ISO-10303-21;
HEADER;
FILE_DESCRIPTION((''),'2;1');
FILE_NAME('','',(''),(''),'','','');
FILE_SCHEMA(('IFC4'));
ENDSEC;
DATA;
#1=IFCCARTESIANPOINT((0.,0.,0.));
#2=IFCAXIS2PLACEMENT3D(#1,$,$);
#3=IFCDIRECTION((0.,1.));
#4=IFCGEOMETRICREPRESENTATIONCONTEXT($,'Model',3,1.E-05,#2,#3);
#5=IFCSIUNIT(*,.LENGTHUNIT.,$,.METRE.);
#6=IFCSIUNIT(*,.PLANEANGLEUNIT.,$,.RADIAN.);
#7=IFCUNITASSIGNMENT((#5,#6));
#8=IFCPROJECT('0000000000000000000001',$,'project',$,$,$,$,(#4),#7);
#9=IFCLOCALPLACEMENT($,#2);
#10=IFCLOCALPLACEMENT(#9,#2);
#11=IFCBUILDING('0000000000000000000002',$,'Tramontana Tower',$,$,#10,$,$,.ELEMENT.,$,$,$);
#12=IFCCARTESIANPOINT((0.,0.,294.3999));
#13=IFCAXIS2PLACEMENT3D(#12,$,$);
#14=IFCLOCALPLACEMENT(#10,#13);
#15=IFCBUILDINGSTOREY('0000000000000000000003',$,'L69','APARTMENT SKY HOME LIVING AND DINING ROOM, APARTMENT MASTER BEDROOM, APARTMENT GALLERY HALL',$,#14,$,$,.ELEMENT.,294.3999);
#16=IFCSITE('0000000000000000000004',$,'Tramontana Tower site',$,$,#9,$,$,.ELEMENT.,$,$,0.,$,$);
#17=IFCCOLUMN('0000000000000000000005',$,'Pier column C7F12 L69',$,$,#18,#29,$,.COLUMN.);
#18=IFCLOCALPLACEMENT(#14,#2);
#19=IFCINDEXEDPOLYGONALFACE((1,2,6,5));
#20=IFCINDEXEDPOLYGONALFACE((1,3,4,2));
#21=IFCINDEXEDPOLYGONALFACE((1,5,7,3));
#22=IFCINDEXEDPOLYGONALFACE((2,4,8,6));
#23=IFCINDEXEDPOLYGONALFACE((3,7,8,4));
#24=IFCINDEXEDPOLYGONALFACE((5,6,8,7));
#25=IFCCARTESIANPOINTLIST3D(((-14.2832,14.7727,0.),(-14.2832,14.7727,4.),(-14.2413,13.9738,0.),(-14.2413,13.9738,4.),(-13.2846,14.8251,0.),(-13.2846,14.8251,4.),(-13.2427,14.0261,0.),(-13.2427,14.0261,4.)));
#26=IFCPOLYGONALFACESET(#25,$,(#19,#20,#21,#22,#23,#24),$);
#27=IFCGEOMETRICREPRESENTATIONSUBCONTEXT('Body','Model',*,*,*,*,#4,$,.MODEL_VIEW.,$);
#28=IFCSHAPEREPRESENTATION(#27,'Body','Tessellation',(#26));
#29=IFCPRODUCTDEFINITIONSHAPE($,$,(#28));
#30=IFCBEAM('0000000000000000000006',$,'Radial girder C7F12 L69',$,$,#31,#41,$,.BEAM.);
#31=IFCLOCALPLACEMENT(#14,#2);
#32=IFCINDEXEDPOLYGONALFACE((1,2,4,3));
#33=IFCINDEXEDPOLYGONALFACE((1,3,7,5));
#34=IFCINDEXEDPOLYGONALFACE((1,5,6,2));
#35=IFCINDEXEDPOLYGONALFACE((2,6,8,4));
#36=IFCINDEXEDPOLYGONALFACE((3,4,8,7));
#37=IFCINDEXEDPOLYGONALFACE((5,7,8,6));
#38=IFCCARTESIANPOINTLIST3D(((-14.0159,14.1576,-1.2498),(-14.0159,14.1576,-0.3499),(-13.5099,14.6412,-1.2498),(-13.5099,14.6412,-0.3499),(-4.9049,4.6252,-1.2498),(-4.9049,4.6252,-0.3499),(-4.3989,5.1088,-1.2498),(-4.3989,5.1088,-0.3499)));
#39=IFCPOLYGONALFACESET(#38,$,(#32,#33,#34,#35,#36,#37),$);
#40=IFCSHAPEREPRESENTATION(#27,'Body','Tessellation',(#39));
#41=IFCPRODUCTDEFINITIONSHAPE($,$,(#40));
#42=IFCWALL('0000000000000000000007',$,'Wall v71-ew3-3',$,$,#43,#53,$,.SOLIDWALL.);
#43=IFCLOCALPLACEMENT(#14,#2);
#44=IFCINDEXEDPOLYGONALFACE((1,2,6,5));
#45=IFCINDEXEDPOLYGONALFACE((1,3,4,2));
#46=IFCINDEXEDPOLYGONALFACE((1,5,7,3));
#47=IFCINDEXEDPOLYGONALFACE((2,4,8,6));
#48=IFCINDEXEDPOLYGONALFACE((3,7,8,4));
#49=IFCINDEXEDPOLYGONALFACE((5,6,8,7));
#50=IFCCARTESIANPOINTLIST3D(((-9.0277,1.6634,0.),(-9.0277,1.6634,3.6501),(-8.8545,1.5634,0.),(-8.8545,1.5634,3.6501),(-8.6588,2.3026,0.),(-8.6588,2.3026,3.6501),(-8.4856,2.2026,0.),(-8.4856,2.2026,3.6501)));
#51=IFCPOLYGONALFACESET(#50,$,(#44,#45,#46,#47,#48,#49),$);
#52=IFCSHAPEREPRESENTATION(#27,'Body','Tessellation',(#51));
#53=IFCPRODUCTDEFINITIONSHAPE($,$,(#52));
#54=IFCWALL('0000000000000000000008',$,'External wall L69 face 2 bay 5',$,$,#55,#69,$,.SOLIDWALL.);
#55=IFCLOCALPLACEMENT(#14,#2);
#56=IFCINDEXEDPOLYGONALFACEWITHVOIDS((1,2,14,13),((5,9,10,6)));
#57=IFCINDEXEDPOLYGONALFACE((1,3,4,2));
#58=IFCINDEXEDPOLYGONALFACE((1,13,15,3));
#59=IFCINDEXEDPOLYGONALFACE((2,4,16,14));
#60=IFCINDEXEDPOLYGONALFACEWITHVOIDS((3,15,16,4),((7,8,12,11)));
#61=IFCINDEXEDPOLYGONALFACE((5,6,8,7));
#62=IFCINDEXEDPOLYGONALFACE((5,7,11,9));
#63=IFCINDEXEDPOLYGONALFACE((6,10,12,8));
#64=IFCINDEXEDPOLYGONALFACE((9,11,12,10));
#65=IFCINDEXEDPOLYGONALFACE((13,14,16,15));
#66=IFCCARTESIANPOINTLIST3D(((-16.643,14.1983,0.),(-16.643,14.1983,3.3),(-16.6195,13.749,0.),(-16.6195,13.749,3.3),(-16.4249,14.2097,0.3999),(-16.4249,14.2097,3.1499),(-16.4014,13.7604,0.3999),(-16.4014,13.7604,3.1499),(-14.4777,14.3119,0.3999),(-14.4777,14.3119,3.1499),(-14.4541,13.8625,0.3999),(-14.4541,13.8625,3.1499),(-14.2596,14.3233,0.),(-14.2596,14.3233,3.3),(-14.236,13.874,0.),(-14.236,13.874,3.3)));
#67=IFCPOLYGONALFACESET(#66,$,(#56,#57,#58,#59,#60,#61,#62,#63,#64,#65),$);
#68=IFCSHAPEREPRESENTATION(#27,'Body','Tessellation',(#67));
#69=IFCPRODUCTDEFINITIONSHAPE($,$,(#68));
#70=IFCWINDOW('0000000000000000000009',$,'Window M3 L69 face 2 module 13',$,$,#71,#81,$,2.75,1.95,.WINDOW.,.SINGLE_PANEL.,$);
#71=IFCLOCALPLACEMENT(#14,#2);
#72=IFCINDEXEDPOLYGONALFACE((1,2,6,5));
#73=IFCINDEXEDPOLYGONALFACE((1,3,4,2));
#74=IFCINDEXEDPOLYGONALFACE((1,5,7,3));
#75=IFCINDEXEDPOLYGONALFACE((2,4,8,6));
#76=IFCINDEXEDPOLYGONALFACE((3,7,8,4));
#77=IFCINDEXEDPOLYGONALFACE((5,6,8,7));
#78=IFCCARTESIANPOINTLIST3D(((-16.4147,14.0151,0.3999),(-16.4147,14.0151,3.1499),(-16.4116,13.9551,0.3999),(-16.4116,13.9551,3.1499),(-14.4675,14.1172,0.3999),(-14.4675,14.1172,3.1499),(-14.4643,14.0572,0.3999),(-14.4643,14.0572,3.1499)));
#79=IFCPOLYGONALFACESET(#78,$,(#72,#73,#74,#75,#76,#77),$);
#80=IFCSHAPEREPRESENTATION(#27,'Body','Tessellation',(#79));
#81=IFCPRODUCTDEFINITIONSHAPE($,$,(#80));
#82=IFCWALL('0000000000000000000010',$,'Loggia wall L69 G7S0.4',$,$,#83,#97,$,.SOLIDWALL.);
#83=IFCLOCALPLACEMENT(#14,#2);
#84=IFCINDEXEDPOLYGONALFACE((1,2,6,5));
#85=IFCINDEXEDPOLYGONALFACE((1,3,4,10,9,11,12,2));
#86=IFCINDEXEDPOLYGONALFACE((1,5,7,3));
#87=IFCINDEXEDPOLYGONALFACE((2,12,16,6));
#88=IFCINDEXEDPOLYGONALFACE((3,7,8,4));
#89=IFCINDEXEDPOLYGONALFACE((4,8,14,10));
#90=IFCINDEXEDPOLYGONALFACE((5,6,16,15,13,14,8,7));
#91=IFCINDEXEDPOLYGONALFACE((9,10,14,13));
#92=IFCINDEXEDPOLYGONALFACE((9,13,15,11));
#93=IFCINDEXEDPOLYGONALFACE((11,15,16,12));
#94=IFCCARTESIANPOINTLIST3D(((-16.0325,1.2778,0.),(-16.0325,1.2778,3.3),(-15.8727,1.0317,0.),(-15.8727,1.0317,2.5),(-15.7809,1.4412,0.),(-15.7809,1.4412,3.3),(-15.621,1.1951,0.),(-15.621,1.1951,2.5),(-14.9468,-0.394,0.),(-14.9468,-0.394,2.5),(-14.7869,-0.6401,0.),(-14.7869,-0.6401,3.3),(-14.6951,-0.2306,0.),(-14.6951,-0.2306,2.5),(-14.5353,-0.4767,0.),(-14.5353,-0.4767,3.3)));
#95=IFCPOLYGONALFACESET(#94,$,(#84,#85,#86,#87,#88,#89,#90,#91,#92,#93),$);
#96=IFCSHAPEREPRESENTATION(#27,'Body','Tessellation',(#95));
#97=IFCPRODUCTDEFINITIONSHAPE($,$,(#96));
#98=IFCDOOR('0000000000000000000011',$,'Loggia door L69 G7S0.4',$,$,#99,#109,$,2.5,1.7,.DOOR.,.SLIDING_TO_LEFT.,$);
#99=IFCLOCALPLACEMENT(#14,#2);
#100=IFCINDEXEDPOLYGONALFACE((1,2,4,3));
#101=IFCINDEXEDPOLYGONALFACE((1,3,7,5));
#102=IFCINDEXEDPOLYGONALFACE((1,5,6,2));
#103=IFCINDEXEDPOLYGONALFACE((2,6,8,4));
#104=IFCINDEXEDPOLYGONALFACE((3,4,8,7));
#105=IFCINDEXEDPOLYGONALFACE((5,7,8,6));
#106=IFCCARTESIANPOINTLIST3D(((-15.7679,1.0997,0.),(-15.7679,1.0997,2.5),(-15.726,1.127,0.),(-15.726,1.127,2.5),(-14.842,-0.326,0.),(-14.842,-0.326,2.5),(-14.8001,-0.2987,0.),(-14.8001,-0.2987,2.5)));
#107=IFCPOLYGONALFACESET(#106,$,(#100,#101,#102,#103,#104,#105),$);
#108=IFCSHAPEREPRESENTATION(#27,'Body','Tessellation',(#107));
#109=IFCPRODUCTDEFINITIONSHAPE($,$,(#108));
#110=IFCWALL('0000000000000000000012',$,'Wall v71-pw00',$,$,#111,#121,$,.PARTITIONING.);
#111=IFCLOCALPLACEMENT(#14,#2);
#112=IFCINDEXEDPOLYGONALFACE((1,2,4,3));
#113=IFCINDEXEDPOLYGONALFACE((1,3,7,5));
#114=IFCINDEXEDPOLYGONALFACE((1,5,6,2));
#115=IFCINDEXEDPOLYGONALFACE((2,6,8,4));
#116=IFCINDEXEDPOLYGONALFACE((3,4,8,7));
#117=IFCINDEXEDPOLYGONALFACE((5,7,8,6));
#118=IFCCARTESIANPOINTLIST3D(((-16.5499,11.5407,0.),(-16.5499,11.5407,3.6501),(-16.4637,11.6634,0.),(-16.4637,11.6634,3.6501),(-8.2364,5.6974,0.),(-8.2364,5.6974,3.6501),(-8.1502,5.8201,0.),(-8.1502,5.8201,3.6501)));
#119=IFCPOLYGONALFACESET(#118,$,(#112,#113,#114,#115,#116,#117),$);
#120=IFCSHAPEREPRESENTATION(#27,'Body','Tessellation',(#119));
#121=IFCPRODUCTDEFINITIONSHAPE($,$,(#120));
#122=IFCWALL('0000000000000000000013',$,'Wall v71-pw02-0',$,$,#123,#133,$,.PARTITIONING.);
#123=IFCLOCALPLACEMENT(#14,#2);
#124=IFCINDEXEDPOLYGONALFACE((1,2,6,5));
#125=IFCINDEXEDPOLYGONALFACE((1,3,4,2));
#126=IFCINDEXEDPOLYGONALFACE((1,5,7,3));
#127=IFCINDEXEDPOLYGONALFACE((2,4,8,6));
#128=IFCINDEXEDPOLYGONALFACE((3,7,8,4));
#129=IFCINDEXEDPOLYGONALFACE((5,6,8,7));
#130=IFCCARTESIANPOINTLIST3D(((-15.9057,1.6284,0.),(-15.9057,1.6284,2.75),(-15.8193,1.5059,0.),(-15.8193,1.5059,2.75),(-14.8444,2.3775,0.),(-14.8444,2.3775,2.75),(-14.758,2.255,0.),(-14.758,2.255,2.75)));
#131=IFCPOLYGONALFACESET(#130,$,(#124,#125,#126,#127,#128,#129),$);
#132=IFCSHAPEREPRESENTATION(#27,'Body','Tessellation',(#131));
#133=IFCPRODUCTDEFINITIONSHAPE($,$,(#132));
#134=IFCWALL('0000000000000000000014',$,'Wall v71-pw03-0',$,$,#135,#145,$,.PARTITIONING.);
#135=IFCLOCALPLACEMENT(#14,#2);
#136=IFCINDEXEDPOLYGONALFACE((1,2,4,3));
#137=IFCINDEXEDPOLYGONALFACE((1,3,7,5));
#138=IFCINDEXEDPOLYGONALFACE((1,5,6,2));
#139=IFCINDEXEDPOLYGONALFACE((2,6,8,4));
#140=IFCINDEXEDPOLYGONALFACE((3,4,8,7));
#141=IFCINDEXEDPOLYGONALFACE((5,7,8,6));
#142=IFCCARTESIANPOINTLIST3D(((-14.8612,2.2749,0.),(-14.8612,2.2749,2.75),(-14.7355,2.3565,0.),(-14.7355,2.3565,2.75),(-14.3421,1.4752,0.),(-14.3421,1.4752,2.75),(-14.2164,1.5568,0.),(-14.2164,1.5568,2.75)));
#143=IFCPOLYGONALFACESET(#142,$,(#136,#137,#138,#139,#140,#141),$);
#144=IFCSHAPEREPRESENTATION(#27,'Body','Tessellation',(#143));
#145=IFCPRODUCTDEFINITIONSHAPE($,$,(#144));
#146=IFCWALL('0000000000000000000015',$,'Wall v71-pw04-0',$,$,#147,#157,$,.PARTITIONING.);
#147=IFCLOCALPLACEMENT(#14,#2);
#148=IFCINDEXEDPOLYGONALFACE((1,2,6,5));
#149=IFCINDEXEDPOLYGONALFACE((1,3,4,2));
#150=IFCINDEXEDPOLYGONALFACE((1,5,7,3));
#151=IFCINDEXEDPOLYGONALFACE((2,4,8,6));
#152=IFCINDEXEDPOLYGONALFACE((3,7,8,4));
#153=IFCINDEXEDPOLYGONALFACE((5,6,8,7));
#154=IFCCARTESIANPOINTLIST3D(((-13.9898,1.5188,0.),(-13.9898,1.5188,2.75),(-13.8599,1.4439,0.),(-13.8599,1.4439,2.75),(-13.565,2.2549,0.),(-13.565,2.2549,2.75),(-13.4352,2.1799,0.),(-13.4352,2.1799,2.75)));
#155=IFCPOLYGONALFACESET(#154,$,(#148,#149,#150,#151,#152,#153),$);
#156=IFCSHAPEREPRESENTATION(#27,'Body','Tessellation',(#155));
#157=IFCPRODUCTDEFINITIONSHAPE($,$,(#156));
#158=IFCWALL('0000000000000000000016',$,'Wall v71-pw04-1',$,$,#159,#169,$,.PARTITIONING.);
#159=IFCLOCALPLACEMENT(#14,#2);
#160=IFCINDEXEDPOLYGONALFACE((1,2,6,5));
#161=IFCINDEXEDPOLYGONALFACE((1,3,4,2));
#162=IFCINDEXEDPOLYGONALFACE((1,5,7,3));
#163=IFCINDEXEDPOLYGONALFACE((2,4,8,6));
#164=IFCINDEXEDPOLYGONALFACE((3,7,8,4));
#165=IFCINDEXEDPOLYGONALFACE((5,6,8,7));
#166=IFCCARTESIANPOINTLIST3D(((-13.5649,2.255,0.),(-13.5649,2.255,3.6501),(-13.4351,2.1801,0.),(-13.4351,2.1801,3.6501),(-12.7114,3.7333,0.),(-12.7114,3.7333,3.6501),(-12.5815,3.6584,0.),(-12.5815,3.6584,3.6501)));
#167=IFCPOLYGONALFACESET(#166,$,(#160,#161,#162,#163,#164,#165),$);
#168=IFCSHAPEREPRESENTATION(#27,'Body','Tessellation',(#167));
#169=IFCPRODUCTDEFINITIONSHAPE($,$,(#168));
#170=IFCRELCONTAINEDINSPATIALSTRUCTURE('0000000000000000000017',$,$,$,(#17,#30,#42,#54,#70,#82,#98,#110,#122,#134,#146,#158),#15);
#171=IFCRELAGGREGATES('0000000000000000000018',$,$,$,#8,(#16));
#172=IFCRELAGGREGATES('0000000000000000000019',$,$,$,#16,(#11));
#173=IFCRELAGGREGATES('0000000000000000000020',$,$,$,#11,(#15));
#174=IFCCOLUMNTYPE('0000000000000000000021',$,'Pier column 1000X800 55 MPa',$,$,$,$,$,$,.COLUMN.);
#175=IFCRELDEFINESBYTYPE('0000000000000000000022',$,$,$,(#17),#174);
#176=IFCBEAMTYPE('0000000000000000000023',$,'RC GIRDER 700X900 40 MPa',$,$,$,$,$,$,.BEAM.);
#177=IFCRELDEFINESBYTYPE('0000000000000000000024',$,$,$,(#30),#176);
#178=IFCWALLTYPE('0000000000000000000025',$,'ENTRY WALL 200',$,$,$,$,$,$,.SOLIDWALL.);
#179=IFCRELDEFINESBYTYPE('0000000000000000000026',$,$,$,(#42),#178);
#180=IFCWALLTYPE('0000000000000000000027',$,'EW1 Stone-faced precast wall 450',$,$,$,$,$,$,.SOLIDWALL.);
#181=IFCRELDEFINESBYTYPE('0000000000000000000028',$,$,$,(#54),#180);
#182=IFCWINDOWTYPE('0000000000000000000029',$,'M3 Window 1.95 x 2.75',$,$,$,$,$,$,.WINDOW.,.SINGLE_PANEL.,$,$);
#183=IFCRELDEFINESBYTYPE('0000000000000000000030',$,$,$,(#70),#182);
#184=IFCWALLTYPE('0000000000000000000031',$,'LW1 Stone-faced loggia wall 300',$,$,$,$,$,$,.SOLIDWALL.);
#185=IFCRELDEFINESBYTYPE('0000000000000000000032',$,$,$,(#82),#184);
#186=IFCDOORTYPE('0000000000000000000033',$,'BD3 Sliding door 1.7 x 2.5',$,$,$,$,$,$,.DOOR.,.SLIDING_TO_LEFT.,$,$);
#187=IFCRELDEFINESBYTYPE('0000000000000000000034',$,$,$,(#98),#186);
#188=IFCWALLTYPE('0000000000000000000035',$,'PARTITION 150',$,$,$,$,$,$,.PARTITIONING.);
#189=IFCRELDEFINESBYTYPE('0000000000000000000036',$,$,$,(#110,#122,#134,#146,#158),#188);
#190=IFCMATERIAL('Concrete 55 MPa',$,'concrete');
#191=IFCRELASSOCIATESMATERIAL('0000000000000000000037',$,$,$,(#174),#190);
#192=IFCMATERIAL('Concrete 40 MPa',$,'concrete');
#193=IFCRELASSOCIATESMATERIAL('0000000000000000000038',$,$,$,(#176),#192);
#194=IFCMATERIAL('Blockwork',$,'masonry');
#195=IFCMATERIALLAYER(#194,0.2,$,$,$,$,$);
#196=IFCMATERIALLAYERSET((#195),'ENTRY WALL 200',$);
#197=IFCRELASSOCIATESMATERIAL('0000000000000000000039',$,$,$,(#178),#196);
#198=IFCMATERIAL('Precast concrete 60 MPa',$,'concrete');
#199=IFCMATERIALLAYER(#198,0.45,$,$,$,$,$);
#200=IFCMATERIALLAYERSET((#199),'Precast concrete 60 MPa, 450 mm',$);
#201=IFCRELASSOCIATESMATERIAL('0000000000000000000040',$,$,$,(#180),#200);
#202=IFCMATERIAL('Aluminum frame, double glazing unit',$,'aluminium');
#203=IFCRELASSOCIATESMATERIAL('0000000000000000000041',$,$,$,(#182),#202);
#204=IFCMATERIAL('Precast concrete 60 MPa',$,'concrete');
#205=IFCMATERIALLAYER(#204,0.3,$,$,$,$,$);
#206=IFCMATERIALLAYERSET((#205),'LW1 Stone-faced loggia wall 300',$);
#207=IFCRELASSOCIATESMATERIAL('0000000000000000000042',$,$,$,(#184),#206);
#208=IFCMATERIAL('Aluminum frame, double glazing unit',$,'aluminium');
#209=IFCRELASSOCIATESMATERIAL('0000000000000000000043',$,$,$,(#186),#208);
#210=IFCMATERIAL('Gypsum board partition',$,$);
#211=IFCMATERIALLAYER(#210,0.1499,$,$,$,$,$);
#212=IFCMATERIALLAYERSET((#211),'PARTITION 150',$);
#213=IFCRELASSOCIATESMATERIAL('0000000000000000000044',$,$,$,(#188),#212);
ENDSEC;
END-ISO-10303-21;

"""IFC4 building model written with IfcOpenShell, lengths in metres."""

from ifc_helpers import new_model, si_unit, direction, frame, frame_2d, origin, origin_2d, place, context, subcontext, project, spatial, rectangle, extrude, material, layer, layer_set, material_profile, profile_set, type_object, element, fill, save


model = new_model("IFC4")

# Units and contexts
model_context = context("Model", 3, precision=1e-05, world=origin(), true_north=direction((0.0, 1.0)))
body_context = subcontext(model_context, "Body", "Model", "MODEL_VIEW")
ifc_project = project(units=[si_unit("LENGTHUNIT", "METRE"), si_unit("PLANEANGLEUNIT", "RADIAN")], contexts=[model_context])

# Site, building, storey
site_placement = place(None, origin())
site = spatial("IfcSite", under=ifc_project, at=site_placement, Name="Tramontana Tower site", CompositionType="ELEMENT", RefElevation=0.0)
building_placement = place(site_placement, origin())
building = spatial("IfcBuilding", under=site, at=building_placement, Name="Tramontana Tower", CompositionType="ELEMENT")
storey_placement = place(building_placement, frame((0.0, 0.0, 294.3999)))
storey = spatial("IfcBuildingStorey", under=building, at=storey_placement, Name="L69", Description="APARTMENT SKY HOME LIVING AND DINING ROOM, APARTMENT MASTER BEDROOM, APARTMENT GALLERY HALL", CompositionType="ELEMENT", Elevation=294.3999)

# Column
ifc_material_1 = material(Name="Concrete 55 MPa", Category="concrete")
ifc_material_profile_1 = material_profile(ifc_material_1, rectangle(XDim=1.0, YDim=0.8, at=origin_2d()), Name="Pier column 1000X800 55 MPa")
ifc_profile_set_1 = profile_set([ifc_material_profile_1], Name="Concrete 55 MPa")
column_type = type_object("IfcColumnType", Name="Pier column 1000X800 55 MPa", PredefinedType="COLUMN", material=ifc_profile_set_1)
column_placement = place(storey_placement, frame((-13.7629, 14.3994, 0.0), z_axis=(0.0, 0.0, 1.0), x_axis=(-0.99863, -0.052336, 0.0)))
element("IfcColumn", 1, at=column_placement, inside=storey, type_object=column_type, Name="Pier column C7F12 L69", PredefinedType="COLUMN", context=body_context, shape_type="SweptSolid", body=[
    extrude(rectangle(XDim=1.0, YDim=0.8, at=origin_2d()), origin(), (0.0, 0.0, 1.0), 4.0),
])

# Beam
ifc_material_2 = material(Name="Concrete 40 MPa", Category="concrete")
ifc_material_profile_2 = material_profile(ifc_material_2, rectangle(XDim=0.7, YDim=0.8999, at=origin_2d()), Name="RC GIRDER 700X900 40 MPa")
ifc_profile_set_2 = profile_set([ifc_material_profile_2], Name="Concrete 40 MPa")
beam_type = type_object("IfcBeamType", Name="RC GIRDER 700X900 40 MPa", PredefinedType="BEAM", material=ifc_profile_set_2)
beam_placement = place(storey_placement, frame((-13.7629, 14.3994, -0.7998), z_axis=(0.690948, -0.722904, 0.0), x_axis=(0.722904, 0.690948, 0.0)))
element("IfcBeam", 2, at=beam_placement, inside=storey, type_object=beam_type, Name="Radial girder C7F12 L69", PredefinedType="BEAM", context=body_context, shape_type="SweptSolid", body=[
    extrude(rectangle(XDim=0.7, YDim=0.8999, at=origin_2d()), origin(), (0.0, 0.0, 1.0), 13.1863),
])

# Wall
ifc_material_3 = material(Name="Blockwork", Category="masonry")
ifc_layer_1 = layer(ifc_material_3, 0.2)
ifc_layer_set_1 = layer_set([ifc_layer_1], Name="ENTRY WALL 200")
wall_type_1 = type_object("IfcWallType", Name="ENTRY WALL 200", PredefinedType="SOLIDWALL", material=ifc_layer_set_1)
wall_1_placement = place(storey_placement, frame((-8.9412, 1.6133, 0.0), z_axis=(0.0, 0.0, 1.0), x_axis=(0.499875, 0.866097, 0.0)))
element("IfcWall", 3, at=wall_1_placement, inside=storey, type_object=wall_type_1, Name="Wall v71-ew3-3", PredefinedType="SOLIDWALL", context=body_context, shape_type="SweptSolid", body=[
    extrude(rectangle(XDim=0.738, YDim=0.2, at=frame_2d((0.3691, 0.0))), origin(), (0.0, 0.0, 1.0), 3.6501),
])

# Wall, opening, window
ifc_material_4 = material(Name="Precast concrete 60 MPa", Category="concrete")
ifc_layer_2 = layer(ifc_material_4, 0.45)
ifc_layer_set_2 = layer_set([ifc_layer_2], Name="Precast concrete 60 MPa, 450 mm")
wall_type_2 = type_object("IfcWallType", Name="EW1 Stone-faced precast wall 450", PredefinedType="SOLIDWALL", material=ifc_layer_set_2)
wall_2_placement = place(storey_placement, frame((-14.2478, 14.0986, 0.0), z_axis=(0.0, 0.0, 1.0), x_axis=(-0.998628, -0.052371, 0.0)))
wall_2 = element("IfcWall", 4, at=wall_2_placement, inside=storey, type_object=wall_type_2, Name="External wall L69 face 2 bay 5", PredefinedType="SOLIDWALL", context=body_context, shape_type="SweptSolid", body=[
    extrude(rectangle(XDim=2.3867, YDim=0.45, at=frame_2d((1.1934, 0.0))), origin(), (0.0, 0.0, 1.0), 3.3),
])
opening_1_placement = place(wall_2_placement, frame((0.2183, 0.0, 0.3999)))
opening_1 = element("IfcOpeningElement", 5, at=opening_1_placement, cuts=wall_2, PredefinedType="OPENING", context=body_context, shape_type="SweptSolid", body=[
    extrude(rectangle(XDim=1.95, YDim=2.75, at=frame_2d((0.9751, 1.375))), frame((0.0, 0.2349, 0.0), z_axis=(0.0, -1.0, 0.0), x_axis=(1.0, 0.0, 0.0)), (0.0, 0.0, 1.0), 0.47),
])
ifc_material_5 = material(Name="Aluminum frame, double glazing unit", Category="aluminium")
window_type = type_object("IfcWindowType", Name="M3 Window 1.95 x 2.75", PartitioningType="SINGLE_PANEL", PredefinedType="WINDOW", material=ifc_material_5)
window_placement = place(opening_1_placement, origin())
window = element("IfcWindow", 6, at=window_placement, inside=storey, type_object=window_type, Name="Window M3 L69 face 2 module 13", OverallHeight=2.75, OverallWidth=1.95, PartitioningType="SINGLE_PANEL", PredefinedType="WINDOW", context=body_context, shape_type="SweptSolid", body=[
    extrude(rectangle(XDim=1.95, YDim=2.75, at=frame_2d((0.9751, 1.375))), frame((0.0, 0.03, 0.0), z_axis=(0.0, -1.0, 0.0), x_axis=(1.0, 0.0, 0.0)), (0.0, 0.0, 1.0), 0.0601),
])
fill(opening_1, window)

# Wall, opening, door
ifc_material_6 = material(Name="Precast concrete 60 MPa", Category="concrete")
ifc_layer_3 = layer(ifc_material_6, 0.3)
ifc_layer_set_3 = layer_set([ifc_layer_3], Name="LW1 Stone-faced loggia wall 300")
wall_type_3 = type_object("IfcWallType", Name="LW1 Stone-faced loggia wall 300", PredefinedType="SOLIDWALL", material=ifc_layer_set_3)
wall_3_placement = place(storey_placement, frame((-15.9067, 1.3596, 0.0), z_axis=(0.0, 0.0, 1.0), x_axis=(0.544658, -0.838658, 0.0)))
wall_3 = element("IfcWall", 7, at=wall_3_placement, inside=storey, type_object=wall_type_3, Name="Loggia wall L69 G7S0.4", PredefinedType="SOLIDWALL", context=body_context, shape_type="SweptSolid", body=[
    extrude(rectangle(XDim=2.2869, YDim=0.3, at=frame_2d((1.1436, 0.0))), origin(), (0.0, 0.0, 1.0), 3.3),
])
opening_2_placement = place(wall_3_placement, frame((0.2935, 0.0, 0.0)))
opening_2 = element("IfcOpeningElement", 8, at=opening_2_placement, cuts=wall_3, PredefinedType="OPENING", context=body_context, shape_type="SweptSolid", body=[
    extrude(rectangle(XDim=1.7, YDim=2.5, at=frame_2d((0.8501, 1.25))), frame((0.0, 0.1599, 0.0), z_axis=(0.0, -1.0, 0.0), x_axis=(1.0, 0.0, 0.0)), (0.0, 0.0, 1.0), 0.3201),
])
ifc_material_7 = material(Name="Aluminum frame, double glazing unit", Category="aluminium")
door_type_1 = type_object("IfcDoorType", Name="BD3 Sliding door 1.7 x 2.5", OperationType="SLIDING_TO_LEFT", PredefinedType="DOOR", material=ifc_material_7)
door_1_placement = place(opening_2_placement, origin())
door_1 = element("IfcDoor", 9, at=door_1_placement, inside=storey, type_object=door_type_1, Name="Loggia door L69 G7S0.4", OperationType="SLIDING_TO_LEFT", OverallHeight=2.5, OverallWidth=1.7, PredefinedType="DOOR", context=body_context, shape_type="SweptSolid", body=[
    extrude(rectangle(XDim=1.7, YDim=2.5, at=frame_2d((0.8501, 1.25))), frame((0.0, 0.0249, 0.0), z_axis=(0.0, -1.0, 0.0), x_axis=(1.0, 0.0, 0.0)), (0.0, 0.0, 1.0), 0.05),
])
fill(opening_2, door_1)

# Walls
ifc_material_8 = material(Name="Gypsum board partition")
ifc_layer_4 = layer(ifc_material_8, 0.1499)
ifc_layer_set_4 = layer_set([ifc_layer_4], Name="PARTITION 150")
wall_type_4 = type_object("IfcWallType", Name="PARTITION 150", PredefinedType="PARTITIONING", material=ifc_layer_set_4)
wall_4_placement = place(storey_placement, frame((-16.5068, 11.6021, 0.0), z_axis=(0.0, 0.0, 1.0), x_axis=(0.818129, -0.575035, 0.0)))
element("IfcWall", 10, at=wall_4_placement, inside=storey, type_object=wall_type_4, Name="Wall v71-pw00", PredefinedType="PARTITIONING", context=body_context, shape_type="SweptSolid", body=[
    extrude(rectangle(XDim=10.1616, YDim=0.1499, at=frame_2d((5.0808, 0.0))), origin(), (0.0, 0.0, 1.0), 3.6501),
])
wall_5_placement = place(storey_placement, frame((-14.8013, 2.3162, 0.0), z_axis=(0.0, 0.0, 1.0), x_axis=(-0.81701, -0.576624, 0.0)))
element("IfcWall", 11, at=wall_5_placement, inside=storey, type_object=wall_type_4, Name="Wall v71-pw02-0", PredefinedType="PARTITIONING", context=body_context, shape_type="SweptSolid", body=[
    extrude(rectangle(XDim=1.2991, YDim=0.1499, at=frame_2d((0.6494, 0.0))), origin(), (0.0, 0.0, 1.0), 2.75),
])
wall_6_placement = place(storey_placement, frame((-14.2793, 1.5161, 0.0), z_axis=(0.0, 0.0, 1.0), x_axis=(-0.544493, 0.838765, 0.0)))
element("IfcWall", 12, at=wall_6_placement, inside=storey, type_object=wall_type_4, Name="Wall v71-pw03-0", PredefinedType="PARTITIONING", context=body_context, shape_type="SweptSolid", body=[
    extrude(rectangle(XDim=0.9534, YDim=0.1499, at=frame_2d((0.4766, 0.0))), origin(), (0.0, 0.0, 1.0), 2.75),
])
wall_7_placement = place(storey_placement, frame((-13.9248, 1.4814, 0.0), z_axis=(0.0, 0.0, 1.0), x_axis=(0.499847, 0.866114, 0.0)))
element("IfcWall", 13, at=wall_7_placement, inside=storey, type_object=wall_type_4, Name="Wall v71-pw04-0", PredefinedType="PARTITIONING", context=body_context, shape_type="SweptSolid", body=[
    extrude(rectangle(XDim=0.8499, YDim=0.1499, at=frame_2d((0.4248, 0.0))), origin(), (0.0, 0.0, 1.0), 2.75),
])
wall_8_placement = place(storey_placement, frame((-13.5, 2.2175, 0.0), z_axis=(0.0, 0.0, 1.0), x_axis=(0.500015, 0.866016, 0.0)))
element("IfcWall", 14, at=wall_8_placement, inside=storey, type_object=wall_type_4, Name="Wall v71-pw04-1", PredefinedType="PARTITIONING", context=body_context, shape_type="SweptSolid", body=[
    extrude(rectangle(XDim=1.707, YDim=0.1499, at=frame_2d((0.8535, 0.0))), origin(), (0.0, 0.0, 1.0), 3.6501),
])

save(model, "model.ifc")
